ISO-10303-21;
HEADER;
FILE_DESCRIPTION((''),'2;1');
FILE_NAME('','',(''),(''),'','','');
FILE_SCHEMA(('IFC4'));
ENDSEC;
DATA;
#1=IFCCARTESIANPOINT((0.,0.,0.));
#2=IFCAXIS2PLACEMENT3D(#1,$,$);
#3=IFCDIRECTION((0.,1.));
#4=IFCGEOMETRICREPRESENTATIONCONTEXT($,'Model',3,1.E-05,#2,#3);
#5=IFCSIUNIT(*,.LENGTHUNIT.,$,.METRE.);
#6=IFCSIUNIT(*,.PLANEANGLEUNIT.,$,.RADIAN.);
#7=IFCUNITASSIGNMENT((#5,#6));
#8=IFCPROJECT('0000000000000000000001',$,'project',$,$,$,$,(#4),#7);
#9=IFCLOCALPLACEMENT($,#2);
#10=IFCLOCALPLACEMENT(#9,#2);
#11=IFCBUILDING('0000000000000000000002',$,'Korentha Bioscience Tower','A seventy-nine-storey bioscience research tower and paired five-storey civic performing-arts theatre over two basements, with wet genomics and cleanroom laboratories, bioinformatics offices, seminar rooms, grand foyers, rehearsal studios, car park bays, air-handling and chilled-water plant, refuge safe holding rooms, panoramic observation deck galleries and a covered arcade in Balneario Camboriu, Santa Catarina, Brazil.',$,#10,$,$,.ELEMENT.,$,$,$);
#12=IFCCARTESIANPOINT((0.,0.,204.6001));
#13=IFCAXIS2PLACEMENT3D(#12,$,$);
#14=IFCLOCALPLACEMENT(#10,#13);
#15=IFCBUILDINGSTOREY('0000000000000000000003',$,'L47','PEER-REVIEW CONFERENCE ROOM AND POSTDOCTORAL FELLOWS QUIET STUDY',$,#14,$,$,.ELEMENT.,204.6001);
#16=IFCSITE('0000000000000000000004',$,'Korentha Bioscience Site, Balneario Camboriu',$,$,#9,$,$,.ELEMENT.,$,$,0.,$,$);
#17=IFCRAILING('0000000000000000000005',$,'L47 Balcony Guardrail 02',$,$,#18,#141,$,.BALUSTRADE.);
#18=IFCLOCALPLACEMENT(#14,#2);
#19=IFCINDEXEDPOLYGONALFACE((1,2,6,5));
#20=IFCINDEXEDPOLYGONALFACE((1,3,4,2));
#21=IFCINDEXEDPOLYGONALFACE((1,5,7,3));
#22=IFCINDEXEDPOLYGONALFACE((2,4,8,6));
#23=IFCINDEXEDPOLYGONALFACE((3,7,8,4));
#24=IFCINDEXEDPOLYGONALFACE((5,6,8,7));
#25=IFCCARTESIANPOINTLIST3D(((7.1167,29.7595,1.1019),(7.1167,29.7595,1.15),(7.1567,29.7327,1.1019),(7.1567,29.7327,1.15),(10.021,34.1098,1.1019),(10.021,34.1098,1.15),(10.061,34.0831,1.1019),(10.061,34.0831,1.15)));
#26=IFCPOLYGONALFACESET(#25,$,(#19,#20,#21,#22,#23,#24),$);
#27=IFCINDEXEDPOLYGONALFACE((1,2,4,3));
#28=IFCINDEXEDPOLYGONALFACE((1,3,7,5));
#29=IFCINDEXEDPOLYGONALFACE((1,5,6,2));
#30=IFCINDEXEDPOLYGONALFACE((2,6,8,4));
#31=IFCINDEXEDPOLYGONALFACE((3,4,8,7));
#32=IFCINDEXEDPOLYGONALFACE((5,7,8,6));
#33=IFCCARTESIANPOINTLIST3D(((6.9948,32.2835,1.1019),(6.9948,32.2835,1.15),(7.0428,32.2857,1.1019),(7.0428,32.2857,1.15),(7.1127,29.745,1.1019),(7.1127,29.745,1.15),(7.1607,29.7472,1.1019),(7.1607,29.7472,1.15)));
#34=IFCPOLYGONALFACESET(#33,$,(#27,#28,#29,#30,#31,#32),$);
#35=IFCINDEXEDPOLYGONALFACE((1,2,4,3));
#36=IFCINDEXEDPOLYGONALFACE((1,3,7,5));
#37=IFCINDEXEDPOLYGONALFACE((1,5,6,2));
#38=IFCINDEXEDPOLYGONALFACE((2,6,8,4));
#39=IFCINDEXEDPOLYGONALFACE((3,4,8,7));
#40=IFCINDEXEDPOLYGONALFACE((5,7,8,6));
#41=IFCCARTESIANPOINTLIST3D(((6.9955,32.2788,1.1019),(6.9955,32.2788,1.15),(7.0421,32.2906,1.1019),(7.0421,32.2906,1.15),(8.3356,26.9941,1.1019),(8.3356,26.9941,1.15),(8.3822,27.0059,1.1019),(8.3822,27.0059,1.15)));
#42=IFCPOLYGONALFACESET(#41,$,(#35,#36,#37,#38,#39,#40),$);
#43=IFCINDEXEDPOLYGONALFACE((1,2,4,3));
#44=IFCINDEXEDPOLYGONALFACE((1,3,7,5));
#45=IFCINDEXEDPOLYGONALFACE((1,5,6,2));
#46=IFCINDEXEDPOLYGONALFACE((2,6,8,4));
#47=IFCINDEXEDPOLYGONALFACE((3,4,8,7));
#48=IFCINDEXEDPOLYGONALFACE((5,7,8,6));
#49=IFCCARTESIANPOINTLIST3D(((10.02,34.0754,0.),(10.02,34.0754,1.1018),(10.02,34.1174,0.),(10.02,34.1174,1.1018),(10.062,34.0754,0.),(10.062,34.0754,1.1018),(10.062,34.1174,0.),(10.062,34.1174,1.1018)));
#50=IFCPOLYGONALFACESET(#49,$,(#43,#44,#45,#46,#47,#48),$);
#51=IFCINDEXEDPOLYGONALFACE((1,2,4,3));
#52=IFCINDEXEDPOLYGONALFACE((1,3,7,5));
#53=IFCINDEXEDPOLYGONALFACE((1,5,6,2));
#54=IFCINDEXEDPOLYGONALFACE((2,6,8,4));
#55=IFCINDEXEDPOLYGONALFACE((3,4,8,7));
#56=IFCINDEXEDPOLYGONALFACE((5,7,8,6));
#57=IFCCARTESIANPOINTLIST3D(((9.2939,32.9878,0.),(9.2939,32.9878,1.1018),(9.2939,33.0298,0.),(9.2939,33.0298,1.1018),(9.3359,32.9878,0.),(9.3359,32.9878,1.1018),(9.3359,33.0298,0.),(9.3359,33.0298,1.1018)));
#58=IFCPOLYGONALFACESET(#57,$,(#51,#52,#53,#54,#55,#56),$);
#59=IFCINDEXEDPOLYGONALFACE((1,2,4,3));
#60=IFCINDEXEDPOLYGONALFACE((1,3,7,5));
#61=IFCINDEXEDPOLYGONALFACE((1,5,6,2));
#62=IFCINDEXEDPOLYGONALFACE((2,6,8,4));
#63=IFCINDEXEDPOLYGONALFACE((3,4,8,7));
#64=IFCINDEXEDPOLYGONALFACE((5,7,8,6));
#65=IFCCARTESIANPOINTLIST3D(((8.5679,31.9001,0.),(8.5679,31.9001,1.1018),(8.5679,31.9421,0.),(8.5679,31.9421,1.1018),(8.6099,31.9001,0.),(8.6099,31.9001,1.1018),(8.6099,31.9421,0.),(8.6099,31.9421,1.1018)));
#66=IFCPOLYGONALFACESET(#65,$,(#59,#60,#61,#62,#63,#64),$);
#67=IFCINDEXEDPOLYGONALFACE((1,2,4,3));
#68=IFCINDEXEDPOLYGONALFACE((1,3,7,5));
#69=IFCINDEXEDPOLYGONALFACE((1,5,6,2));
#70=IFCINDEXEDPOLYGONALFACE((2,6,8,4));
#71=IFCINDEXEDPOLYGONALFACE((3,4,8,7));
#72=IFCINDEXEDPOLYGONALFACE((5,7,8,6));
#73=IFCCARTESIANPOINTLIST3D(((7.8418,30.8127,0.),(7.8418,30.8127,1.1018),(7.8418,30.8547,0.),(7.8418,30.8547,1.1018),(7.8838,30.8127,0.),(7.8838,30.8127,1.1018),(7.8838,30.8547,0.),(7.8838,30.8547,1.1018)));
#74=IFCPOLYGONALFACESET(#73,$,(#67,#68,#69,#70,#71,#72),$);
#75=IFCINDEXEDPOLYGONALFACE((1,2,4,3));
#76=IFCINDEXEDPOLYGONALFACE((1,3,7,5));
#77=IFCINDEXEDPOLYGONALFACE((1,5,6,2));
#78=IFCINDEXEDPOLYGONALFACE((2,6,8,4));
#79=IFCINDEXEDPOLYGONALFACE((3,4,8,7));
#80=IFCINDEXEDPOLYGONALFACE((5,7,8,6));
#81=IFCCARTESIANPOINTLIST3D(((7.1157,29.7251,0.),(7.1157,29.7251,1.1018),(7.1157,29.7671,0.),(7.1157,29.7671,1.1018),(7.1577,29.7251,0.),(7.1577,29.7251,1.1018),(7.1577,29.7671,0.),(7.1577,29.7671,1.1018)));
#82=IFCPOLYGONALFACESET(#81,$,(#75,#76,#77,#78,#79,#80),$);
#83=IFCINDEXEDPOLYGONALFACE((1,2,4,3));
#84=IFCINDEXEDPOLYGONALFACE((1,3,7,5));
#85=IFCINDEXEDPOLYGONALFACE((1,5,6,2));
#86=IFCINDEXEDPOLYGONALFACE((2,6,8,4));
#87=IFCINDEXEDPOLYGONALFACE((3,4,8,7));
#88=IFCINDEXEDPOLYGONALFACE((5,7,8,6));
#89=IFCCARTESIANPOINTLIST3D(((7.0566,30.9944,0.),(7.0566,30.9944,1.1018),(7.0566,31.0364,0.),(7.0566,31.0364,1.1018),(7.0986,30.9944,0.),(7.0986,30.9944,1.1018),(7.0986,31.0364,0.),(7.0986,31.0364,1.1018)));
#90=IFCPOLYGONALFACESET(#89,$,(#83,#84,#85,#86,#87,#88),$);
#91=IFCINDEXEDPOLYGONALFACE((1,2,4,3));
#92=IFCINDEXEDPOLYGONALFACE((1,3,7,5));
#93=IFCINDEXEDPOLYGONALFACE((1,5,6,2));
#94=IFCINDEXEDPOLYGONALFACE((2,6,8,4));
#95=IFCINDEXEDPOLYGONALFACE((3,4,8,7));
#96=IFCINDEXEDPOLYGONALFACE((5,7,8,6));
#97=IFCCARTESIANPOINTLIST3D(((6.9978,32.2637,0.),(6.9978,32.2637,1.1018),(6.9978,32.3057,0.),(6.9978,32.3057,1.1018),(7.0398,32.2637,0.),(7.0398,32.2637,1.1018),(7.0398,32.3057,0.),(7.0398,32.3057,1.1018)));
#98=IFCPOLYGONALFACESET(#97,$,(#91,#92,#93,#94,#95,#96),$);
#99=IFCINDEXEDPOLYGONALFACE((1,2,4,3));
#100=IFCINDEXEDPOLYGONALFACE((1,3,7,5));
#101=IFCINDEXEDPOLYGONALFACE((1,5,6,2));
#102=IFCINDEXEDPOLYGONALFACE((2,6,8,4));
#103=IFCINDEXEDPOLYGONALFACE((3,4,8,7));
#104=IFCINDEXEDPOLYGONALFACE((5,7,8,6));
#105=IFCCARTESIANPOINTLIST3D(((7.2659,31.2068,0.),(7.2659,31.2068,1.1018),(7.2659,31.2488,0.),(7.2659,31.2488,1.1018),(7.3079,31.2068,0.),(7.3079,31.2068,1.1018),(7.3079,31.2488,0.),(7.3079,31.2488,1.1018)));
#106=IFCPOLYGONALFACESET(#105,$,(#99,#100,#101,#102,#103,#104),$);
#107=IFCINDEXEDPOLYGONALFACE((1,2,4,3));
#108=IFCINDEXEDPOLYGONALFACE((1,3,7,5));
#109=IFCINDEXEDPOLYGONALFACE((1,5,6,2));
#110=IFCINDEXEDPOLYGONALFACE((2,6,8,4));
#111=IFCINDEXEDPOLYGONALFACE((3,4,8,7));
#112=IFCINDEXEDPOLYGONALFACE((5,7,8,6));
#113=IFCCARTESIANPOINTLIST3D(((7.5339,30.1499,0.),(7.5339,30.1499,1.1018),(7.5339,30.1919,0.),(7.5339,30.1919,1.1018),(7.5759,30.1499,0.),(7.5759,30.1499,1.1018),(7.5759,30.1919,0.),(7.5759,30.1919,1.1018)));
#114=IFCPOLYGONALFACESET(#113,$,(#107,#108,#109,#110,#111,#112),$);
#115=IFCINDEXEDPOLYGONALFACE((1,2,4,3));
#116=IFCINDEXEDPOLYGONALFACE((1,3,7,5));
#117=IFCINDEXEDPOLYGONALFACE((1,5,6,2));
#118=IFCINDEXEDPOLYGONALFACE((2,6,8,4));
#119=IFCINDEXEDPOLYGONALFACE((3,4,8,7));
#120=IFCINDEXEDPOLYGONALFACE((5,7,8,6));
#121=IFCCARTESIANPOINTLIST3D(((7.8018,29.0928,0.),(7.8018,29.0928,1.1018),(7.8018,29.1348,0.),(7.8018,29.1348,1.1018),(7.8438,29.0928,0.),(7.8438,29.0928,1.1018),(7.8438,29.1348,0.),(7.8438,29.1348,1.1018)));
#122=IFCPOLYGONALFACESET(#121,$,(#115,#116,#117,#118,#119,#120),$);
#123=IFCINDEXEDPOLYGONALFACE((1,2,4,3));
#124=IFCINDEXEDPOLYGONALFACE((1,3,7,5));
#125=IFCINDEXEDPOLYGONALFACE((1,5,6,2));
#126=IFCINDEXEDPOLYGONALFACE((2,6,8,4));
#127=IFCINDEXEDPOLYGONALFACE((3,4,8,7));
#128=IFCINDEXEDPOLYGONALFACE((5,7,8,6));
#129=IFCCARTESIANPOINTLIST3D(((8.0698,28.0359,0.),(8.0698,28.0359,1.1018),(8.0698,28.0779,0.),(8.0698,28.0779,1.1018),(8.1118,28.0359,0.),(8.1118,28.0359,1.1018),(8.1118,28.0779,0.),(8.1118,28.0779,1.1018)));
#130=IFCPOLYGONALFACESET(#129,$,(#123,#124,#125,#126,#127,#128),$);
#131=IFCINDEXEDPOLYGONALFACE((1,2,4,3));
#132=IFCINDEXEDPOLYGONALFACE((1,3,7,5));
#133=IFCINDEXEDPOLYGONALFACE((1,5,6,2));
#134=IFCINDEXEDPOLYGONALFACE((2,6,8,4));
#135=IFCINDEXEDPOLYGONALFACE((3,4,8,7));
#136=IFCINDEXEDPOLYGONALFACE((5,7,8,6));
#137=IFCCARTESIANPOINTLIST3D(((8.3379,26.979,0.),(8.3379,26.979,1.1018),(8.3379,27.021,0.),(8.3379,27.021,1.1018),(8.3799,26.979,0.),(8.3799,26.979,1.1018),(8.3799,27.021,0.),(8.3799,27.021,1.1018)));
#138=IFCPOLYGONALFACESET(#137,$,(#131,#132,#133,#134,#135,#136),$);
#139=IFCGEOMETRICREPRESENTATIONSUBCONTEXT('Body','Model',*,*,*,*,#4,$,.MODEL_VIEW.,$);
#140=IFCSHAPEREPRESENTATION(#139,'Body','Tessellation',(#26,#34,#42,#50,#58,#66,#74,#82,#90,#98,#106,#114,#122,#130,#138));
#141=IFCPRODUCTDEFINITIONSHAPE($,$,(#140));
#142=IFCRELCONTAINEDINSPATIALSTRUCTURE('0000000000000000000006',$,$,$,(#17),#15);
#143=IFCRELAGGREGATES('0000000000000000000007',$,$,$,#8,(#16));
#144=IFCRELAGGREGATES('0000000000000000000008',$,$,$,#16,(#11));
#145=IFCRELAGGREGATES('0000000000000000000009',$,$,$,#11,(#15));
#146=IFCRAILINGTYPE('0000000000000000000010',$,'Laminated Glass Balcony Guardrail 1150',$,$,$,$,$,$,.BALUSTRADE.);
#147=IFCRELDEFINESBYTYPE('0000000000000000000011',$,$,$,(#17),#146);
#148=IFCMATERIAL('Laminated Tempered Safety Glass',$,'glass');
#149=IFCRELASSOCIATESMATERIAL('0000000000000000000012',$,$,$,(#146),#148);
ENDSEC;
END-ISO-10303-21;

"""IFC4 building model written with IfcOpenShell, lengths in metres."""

from ifc_helpers import new_model, si_unit, direction, frame, origin, origin_2d, place, context, subcontext, project, spatial, rectangle, extrude, material, type_object, element, save


model = new_model("IFC4")

# Units and contexts
model_context = context("Model", 3, precision=1e-05, world=origin(), true_north=direction((0.0, 1.0)))
body_context = subcontext(model_context, "Body", "Model", "MODEL_VIEW")
ifc_project = project(units=[si_unit("LENGTHUNIT", "METRE"), si_unit("PLANEANGLEUNIT", "RADIAN")], contexts=[model_context])

# Site, building, storey
site_placement = place(None, origin())
site = spatial("IfcSite", under=ifc_project, at=site_placement, Name="Korentha Bioscience Site, Balneario Camboriu", CompositionType="ELEMENT", RefElevation=0.0)
building_placement = place(site_placement, origin())
building = spatial("IfcBuilding", under=site, at=building_placement, Name="Korentha Bioscience Tower", Description="A seventy-nine-storey bioscience research tower and paired five-storey civic performing-arts theatre over two basements, with wet genomics and cleanroom laboratories, bioinformatics offices, seminar rooms, grand foyers, rehearsal studios, car park bays, air-handling and chilled-water plant, refuge safe holding rooms, panoramic observation deck galleries and a covered arcade in Balneario Camboriu, Santa Catarina, Brazil.", CompositionType="ELEMENT")
storey_placement = place(building_placement, frame((0.0, 0.0, 204.6001)))
storey = spatial("IfcBuildingStorey", under=building, at=storey_placement, Name="L47", Description="PEER-REVIEW CONFERENCE ROOM AND POSTDOCTORAL FELLOWS QUIET STUDY", CompositionType="ELEMENT", Elevation=204.6001)

# Railing
ifc_material_1 = material(Name="Laminated Tempered Safety Glass", Category="glass")
railing_type = type_object("IfcRailingType", Name="Laminated Glass Balcony Guardrail 1150", PredefinedType="BALUSTRADE", material=ifc_material_1)
railing_placement = place(storey_placement, frame((10.041, 34.0964, 0.0)))
element("IfcRailing", 1, at=railing_placement, inside=storey, type_object=railing_type, Name="L47 Balcony Guardrail 02", PredefinedType="BALUSTRADE", context=body_context, shape_type="SweptSolid", body=[
    extrude(rectangle(XDim=0.0481, YDim=0.0481, at=origin_2d()), frame((0.0, 0.0, 1.126), z_axis=(-0.555239, -0.831691, 0.0), x_axis=(0.831691, -0.555239, 0.0)), (0.0, 0.0, 1.0), 5.2307),
    extrude(rectangle(XDim=0.0481, YDim=0.0481, at=origin_2d()), frame((-2.9043, -4.3503, 1.126), z_axis=(-0.046401, 0.998923, 0.0), x_axis=(-0.998923, -0.046401, 0.0)), (0.0, 0.0, 1.0), 2.5413),
    extrude(rectangle(XDim=0.0481, YDim=0.0481, at=origin_2d()), frame((-3.0222, -1.8118, 1.126), z_axis=(0.245801, -0.96932, 0.0), x_axis=(0.96932, 0.245801, 0.0)), (0.0, 0.0, 1.0), 5.4519),
    extrude(rectangle(XDim=0.042, YDim=0.042, at=origin_2d()), origin(), (0.0, 0.0, 1.0), 1.1018),
    extrude(rectangle(XDim=0.042, YDim=0.042, at=origin_2d()), frame((-0.7261, -1.0876, 0.0)), (0.0, 0.0, 1.0), 1.1018),
    extrude(rectangle(XDim=0.042, YDim=0.042, at=origin_2d()), frame((-1.4521, -2.1753, 0.0)), (0.0, 0.0, 1.0), 1.1018),
    extrude(rectangle(XDim=0.042, YDim=0.042, at=origin_2d()), frame((-2.1782, -3.2627, 0.0)), (0.0, 0.0, 1.0), 1.1018),
    extrude(rectangle(XDim=0.042, YDim=0.042, at=origin_2d()), frame((-2.9043, -4.3503, 0.0)), (0.0, 0.0, 1.0), 1.1018),
    extrude(rectangle(XDim=0.042, YDim=0.042, at=origin_2d()), frame((-2.9634, -3.0811, 0.0)), (0.0, 0.0, 1.0), 1.1018),
    extrude(rectangle(XDim=0.042, YDim=0.042, at=origin_2d()), frame((-3.0222, -1.8118, 0.0)), (0.0, 0.0, 1.0), 1.1018),
    extrude(rectangle(XDim=0.042, YDim=0.042, at=origin_2d()), frame((-2.7542, -2.8687, 0.0)), (0.0, 0.0, 1.0), 1.1018),
    extrude(rectangle(XDim=0.042, YDim=0.042, at=origin_2d()), frame((-2.4861, -3.9255, 0.0)), (0.0, 0.0, 1.0), 1.1018),
    extrude(rectangle(XDim=0.042, YDim=0.042, at=origin_2d()), frame((-2.2183, -4.9827, 0.0)), (0.0, 0.0, 1.0), 1.1018),
    extrude(rectangle(XDim=0.042, YDim=0.042, at=origin_2d()), frame((-1.9502, -6.0396, 0.0)), (0.0, 0.0, 1.0), 1.1018),
    extrude(rectangle(XDim=0.042, YDim=0.042, at=origin_2d()), frame((-1.6821, -7.0964, 0.0)), (0.0, 0.0, 1.0), 1.1018),
])

save(model, "model.ifc")
